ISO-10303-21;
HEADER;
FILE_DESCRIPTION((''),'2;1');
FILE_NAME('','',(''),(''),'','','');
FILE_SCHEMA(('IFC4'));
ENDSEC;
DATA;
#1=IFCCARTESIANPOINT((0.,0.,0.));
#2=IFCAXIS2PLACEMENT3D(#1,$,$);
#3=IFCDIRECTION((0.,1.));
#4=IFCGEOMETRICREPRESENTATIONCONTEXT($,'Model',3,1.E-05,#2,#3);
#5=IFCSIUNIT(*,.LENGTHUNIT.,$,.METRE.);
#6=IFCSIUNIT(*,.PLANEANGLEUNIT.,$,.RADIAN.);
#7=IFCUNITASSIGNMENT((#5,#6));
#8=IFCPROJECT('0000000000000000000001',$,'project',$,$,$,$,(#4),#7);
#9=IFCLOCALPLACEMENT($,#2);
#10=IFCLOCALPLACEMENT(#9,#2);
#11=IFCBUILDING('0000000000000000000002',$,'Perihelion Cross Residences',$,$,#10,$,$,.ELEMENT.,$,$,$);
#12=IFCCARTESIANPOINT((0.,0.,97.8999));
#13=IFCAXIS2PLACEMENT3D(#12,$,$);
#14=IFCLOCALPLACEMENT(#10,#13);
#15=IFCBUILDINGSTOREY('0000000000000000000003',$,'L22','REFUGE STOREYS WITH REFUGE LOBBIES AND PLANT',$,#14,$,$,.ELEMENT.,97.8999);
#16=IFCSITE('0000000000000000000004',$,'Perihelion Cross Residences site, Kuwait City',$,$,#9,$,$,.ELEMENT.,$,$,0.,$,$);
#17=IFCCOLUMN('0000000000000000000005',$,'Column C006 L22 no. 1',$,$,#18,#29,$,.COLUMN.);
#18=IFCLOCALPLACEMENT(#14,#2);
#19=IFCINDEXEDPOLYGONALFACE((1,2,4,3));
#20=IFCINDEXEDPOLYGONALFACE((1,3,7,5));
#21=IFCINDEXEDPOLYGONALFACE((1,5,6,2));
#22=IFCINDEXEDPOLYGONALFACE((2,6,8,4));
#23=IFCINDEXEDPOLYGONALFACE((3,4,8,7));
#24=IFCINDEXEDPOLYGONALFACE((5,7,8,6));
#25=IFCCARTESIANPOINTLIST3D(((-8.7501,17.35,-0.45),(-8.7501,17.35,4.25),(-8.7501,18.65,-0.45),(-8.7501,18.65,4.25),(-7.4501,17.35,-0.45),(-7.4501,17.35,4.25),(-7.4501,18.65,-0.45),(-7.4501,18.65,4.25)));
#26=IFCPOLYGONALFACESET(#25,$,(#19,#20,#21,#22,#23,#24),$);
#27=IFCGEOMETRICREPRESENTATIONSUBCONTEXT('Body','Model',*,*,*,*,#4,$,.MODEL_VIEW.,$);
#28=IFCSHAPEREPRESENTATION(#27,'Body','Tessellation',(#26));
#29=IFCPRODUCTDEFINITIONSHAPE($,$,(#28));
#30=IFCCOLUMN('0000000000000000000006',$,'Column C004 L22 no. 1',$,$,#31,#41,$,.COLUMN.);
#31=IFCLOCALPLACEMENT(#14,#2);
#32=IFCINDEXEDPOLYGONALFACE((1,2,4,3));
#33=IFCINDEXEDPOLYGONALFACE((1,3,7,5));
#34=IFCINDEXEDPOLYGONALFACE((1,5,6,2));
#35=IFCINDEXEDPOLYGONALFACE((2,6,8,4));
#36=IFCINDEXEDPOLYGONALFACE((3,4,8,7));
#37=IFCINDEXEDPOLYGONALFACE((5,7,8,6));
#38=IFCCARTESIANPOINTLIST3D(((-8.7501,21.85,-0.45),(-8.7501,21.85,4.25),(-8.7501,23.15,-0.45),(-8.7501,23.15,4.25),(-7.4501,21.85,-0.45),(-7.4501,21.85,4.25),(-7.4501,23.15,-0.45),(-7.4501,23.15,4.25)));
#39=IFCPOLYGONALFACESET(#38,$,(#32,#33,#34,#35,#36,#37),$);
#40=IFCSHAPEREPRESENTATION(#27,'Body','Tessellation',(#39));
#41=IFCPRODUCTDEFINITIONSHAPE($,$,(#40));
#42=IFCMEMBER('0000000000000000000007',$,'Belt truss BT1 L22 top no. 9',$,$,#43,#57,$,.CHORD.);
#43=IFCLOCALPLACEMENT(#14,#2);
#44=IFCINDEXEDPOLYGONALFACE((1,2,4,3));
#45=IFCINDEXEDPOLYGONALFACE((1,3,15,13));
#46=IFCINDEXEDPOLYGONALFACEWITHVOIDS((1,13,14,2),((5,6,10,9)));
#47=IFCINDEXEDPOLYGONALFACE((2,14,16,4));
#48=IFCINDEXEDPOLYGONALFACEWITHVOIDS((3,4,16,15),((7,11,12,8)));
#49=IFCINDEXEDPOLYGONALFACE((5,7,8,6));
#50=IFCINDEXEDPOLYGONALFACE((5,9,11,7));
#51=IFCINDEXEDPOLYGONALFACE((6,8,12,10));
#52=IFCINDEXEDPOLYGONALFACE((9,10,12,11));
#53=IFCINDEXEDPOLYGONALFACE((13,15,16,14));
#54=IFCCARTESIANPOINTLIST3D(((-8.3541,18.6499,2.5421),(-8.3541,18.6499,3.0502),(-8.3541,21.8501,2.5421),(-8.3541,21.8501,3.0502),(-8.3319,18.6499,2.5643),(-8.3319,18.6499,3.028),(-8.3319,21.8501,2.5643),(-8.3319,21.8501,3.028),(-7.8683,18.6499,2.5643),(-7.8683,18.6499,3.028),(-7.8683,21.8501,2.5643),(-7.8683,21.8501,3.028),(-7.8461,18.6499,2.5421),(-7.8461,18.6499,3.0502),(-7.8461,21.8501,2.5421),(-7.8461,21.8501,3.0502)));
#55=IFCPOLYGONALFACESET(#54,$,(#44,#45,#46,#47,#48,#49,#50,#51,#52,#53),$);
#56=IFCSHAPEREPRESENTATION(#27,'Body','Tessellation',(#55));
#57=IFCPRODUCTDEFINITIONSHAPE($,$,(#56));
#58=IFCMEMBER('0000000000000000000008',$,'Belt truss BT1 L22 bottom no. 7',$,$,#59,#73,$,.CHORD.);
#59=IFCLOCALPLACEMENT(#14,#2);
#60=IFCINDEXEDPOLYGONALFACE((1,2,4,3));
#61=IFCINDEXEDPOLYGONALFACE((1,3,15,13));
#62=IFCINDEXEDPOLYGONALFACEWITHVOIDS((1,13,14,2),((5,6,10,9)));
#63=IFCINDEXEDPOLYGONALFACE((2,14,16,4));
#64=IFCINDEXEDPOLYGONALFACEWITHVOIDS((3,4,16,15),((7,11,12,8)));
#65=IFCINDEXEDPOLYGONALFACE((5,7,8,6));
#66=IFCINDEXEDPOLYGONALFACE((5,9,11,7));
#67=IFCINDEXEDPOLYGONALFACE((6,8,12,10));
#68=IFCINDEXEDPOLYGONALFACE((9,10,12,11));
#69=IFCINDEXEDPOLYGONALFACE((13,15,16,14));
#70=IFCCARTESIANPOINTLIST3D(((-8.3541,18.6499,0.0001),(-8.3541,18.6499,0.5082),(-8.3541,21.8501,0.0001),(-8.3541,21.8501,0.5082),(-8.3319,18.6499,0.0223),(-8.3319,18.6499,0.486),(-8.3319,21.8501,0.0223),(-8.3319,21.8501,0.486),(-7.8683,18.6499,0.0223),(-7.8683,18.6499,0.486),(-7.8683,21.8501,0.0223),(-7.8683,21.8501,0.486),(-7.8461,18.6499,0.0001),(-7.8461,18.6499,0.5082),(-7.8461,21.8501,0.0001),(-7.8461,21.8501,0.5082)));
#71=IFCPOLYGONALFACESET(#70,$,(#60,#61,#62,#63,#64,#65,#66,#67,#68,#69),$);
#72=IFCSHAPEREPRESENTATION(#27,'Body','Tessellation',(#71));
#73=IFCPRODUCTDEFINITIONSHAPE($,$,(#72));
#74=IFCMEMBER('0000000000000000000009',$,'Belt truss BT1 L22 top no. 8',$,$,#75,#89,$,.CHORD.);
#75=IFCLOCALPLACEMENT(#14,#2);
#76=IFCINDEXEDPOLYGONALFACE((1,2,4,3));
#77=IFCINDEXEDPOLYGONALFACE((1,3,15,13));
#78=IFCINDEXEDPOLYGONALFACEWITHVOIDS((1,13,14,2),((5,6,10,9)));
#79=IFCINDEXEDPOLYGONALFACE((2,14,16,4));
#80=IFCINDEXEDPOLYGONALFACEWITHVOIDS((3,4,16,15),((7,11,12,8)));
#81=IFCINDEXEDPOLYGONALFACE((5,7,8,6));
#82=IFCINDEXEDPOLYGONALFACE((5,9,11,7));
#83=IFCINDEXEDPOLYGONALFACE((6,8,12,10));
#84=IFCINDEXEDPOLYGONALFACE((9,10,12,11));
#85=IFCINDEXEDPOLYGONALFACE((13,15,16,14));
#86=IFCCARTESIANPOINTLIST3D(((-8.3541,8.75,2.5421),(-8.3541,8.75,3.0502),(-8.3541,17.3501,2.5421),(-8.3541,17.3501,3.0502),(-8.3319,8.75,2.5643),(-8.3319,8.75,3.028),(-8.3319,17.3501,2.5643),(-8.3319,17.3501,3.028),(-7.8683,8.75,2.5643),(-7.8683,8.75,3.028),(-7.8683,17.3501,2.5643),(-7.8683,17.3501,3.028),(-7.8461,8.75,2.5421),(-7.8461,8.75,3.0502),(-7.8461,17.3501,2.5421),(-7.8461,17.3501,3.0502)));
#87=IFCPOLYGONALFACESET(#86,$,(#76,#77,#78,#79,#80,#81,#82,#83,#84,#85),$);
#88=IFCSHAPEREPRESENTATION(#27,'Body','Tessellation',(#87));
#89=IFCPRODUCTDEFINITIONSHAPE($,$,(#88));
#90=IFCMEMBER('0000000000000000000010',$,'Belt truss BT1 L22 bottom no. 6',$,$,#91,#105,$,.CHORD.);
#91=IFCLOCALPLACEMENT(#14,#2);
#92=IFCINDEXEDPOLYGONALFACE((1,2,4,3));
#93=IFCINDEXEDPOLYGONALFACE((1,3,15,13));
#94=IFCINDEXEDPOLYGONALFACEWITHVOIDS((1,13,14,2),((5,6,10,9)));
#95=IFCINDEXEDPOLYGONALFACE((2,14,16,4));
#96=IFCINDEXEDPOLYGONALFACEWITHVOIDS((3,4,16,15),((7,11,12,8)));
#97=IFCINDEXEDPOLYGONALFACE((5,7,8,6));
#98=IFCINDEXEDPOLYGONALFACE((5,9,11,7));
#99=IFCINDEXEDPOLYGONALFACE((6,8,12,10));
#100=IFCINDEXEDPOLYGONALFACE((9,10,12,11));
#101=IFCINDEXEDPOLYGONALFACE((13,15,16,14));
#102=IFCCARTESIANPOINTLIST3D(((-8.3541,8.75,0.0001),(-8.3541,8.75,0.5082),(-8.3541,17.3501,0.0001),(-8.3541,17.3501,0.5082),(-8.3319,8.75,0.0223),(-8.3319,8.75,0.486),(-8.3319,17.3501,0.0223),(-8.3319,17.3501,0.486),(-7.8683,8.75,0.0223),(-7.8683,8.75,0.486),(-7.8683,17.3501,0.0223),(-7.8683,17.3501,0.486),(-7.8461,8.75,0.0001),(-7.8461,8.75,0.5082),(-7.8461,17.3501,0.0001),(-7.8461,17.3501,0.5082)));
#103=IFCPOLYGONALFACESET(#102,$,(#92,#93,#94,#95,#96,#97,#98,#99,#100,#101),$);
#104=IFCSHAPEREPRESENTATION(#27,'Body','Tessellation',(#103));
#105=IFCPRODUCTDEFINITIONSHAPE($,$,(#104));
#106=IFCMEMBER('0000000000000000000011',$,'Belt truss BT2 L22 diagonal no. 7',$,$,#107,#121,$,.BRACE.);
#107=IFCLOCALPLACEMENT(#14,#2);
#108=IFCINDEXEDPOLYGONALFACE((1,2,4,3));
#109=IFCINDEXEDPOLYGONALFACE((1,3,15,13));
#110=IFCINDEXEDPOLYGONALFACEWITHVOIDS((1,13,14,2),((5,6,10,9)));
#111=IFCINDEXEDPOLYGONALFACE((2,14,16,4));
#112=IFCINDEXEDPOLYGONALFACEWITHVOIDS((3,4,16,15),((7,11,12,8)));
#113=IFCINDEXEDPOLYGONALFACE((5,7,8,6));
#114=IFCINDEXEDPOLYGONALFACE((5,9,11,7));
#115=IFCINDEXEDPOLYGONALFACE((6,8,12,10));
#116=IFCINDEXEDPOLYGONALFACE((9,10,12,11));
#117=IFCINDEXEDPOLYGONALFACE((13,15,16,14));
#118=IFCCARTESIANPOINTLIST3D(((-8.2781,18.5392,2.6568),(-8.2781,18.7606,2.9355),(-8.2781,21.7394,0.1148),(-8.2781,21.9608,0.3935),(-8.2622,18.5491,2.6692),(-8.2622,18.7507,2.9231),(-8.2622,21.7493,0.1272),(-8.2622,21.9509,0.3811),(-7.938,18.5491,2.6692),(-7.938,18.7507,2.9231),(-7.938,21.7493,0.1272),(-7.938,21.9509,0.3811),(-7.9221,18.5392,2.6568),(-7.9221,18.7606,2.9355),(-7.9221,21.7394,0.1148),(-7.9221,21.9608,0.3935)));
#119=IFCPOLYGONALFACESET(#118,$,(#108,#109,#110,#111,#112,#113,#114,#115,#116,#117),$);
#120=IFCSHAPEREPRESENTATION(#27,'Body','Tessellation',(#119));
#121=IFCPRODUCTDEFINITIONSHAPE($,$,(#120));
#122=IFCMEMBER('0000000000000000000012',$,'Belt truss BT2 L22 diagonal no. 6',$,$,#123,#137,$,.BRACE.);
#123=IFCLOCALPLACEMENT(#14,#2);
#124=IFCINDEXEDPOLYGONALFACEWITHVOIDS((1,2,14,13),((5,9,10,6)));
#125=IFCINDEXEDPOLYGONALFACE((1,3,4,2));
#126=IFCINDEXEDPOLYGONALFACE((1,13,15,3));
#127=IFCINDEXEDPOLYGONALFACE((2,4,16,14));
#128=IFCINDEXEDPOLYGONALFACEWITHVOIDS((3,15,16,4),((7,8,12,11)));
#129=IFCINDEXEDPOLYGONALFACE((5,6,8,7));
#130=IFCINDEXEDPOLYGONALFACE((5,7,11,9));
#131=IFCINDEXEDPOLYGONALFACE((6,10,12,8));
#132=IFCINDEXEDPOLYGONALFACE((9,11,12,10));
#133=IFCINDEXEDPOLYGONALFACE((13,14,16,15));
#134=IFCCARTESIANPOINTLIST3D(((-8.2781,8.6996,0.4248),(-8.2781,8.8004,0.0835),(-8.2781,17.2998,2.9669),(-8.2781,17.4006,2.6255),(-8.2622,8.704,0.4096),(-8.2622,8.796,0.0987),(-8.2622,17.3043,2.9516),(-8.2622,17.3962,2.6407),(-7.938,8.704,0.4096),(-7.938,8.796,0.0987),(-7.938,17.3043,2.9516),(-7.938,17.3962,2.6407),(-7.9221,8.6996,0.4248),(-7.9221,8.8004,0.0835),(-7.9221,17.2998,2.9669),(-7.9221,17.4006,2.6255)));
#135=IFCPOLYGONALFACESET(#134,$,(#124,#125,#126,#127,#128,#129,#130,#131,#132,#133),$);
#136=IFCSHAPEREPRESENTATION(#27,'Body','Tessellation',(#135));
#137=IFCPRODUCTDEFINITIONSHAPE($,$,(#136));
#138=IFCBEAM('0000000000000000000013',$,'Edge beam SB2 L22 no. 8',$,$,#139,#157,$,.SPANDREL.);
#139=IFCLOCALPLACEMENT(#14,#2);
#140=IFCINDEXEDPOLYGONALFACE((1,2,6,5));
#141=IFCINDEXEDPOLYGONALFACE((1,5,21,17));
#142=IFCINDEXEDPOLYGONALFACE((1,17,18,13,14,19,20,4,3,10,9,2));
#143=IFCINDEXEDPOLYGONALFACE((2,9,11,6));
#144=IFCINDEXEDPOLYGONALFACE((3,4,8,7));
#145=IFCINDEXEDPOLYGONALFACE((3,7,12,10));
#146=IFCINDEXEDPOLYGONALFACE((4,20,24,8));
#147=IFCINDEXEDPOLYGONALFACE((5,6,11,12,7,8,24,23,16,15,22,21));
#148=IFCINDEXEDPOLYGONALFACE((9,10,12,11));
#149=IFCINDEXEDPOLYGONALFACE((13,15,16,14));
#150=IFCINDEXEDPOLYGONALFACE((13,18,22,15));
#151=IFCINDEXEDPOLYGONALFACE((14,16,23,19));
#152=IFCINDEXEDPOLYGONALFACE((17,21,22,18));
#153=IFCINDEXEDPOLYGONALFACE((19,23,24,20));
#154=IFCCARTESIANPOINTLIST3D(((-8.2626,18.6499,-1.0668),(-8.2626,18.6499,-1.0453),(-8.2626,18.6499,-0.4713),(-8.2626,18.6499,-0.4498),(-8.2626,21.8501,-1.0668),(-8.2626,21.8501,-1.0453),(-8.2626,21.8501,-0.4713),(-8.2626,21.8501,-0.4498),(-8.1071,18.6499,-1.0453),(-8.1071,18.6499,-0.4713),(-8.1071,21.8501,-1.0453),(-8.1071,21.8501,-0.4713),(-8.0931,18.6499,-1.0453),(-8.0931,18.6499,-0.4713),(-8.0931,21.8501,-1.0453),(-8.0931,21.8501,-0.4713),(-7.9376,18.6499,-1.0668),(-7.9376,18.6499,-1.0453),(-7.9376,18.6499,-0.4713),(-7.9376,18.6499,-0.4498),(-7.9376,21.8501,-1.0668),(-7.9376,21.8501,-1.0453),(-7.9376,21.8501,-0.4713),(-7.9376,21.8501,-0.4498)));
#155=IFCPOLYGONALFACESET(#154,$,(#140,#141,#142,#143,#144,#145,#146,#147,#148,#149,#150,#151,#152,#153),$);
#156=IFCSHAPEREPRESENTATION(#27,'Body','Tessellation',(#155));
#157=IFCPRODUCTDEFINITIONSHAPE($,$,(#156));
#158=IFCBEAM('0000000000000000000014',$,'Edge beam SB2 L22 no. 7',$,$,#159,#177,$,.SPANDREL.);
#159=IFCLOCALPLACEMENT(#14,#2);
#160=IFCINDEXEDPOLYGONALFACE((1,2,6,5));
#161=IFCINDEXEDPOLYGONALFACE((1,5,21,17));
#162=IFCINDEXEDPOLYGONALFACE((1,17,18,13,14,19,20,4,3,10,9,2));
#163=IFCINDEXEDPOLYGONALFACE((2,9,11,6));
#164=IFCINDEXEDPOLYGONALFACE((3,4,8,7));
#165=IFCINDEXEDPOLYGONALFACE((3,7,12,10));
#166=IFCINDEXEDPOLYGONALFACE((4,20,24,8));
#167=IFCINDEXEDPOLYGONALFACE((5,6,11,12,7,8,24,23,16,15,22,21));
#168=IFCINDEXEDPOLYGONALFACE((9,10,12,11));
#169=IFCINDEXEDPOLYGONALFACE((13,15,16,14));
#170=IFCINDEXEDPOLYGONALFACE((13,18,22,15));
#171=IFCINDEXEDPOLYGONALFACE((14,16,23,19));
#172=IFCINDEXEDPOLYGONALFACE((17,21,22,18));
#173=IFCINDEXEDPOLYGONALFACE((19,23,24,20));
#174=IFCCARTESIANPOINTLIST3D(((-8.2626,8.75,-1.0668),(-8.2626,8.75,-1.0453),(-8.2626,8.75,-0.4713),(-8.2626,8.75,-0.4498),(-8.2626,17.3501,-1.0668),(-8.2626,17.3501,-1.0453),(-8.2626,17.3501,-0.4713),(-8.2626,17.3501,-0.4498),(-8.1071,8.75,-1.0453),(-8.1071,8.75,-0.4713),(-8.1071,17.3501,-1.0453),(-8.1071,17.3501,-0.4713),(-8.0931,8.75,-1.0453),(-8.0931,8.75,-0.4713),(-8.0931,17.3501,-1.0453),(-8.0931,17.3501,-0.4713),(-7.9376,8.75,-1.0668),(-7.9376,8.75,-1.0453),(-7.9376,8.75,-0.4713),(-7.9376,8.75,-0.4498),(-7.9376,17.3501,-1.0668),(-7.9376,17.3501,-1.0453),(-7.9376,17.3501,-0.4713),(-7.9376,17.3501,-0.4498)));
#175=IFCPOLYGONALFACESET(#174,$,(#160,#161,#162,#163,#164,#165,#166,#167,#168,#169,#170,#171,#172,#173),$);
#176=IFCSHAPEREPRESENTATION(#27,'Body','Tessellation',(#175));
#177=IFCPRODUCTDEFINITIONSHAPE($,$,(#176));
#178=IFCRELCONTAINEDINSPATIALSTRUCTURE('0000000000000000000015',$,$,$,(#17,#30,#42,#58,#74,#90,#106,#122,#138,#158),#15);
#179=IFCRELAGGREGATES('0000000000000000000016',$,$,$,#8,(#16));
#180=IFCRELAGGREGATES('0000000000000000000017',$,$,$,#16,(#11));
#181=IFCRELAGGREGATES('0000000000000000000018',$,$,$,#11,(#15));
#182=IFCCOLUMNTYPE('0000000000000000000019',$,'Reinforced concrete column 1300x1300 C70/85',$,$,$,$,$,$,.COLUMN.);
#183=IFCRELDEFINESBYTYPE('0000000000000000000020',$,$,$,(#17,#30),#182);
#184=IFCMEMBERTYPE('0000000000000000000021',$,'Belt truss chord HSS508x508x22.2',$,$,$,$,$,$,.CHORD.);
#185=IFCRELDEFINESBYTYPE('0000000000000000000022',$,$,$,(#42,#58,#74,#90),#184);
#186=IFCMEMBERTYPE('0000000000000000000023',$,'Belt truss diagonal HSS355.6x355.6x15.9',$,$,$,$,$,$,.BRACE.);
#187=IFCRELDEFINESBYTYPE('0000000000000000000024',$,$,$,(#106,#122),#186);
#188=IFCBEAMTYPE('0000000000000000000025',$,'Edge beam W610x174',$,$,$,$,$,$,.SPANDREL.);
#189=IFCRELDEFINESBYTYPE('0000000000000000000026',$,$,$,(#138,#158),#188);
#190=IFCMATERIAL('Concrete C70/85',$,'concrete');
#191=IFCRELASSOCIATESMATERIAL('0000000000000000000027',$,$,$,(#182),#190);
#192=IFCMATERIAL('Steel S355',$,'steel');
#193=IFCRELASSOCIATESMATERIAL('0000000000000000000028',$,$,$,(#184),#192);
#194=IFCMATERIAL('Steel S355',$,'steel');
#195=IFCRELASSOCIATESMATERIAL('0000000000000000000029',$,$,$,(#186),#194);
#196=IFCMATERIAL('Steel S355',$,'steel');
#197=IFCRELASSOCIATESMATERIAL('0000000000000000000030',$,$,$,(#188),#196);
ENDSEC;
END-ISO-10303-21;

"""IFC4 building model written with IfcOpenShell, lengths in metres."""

from ifc_helpers import new_model, si_unit, direction, frame, origin, origin_2d, place, context, subcontext, project, spatial, rectangle, hollow_rectangle, i_section, extrude, material, material_profile, profile_set, type_object, element, save


model = new_model("IFC4")

# Units and contexts
model_context = context("Model", 3, precision=1e-05, world=origin(), true_north=direction((0.0, 1.0)))
body_context = subcontext(model_context, "Body", "Model", "MODEL_VIEW")
ifc_project = project(units=[si_unit("LENGTHUNIT", "METRE"), si_unit("PLANEANGLEUNIT", "RADIAN")], contexts=[model_context])

# Site, building, storey
site_placement = place(None, origin())
site = spatial("IfcSite", under=ifc_project, at=site_placement, Name="Perihelion Cross Residences site, Kuwait City", CompositionType="ELEMENT", RefElevation=0.0)
building_placement = place(site_placement, origin())
building = spatial("IfcBuilding", under=site, at=building_placement, Name="Perihelion Cross Residences", CompositionType="ELEMENT")
storey_placement = place(building_placement, frame((0.0, 0.0, 97.8999)))
storey = spatial("IfcBuildingStorey", under=building, at=storey_placement, Name="L22", Description="REFUGE STOREYS WITH REFUGE LOBBIES AND PLANT", CompositionType="ELEMENT", Elevation=97.8999)

# Columns
ifc_material_1 = material(Name="Concrete C70/85", Category="concrete")
ifc_material_profile_1 = material_profile(ifc_material_1, rectangle(XDim=1.3, YDim=1.3, at=origin_2d()), Name="RC 1300x1300")
ifc_profile_set_1 = profile_set([ifc_material_profile_1], Name="Concrete C70/85")
column_type = type_object("IfcColumnType", Name="Reinforced concrete column 1300x1300 C70/85", PredefinedType="COLUMN", material=ifc_profile_set_1)
for number, where, z_axis, x_axis, name in (
    (1, (-8.1001, 18.0, -0.45), (0.0, 0.0, 1.0), (1.0, 0.0, 0.0), "Column C006 L22 no. 1"),
    (2, (-8.1001, 22.5, -0.45), (0.0, 0.0, 1.0), (1.0, 0.0, 0.0), "Column C004 L22 no. 1"),
):
    element("IfcColumn", number, at=place(storey_placement, frame(where, z_axis=z_axis, x_axis=x_axis)), inside=storey, type_object=column_type, Name=name, PredefinedType="COLUMN", context=body_context, shape_type="SweptSolid", body=[
        extrude(rectangle(XDim=1.3, YDim=1.3, at=origin_2d()), origin(), (0.0, 0.0, 1.0), 4.7),
    ])

# Members
ifc_material_2 = material(Name="Steel S355", Category="steel")
ifc_material_profile_2 = material_profile(ifc_material_2, hollow_rectangle(XDim=0.5081, YDim=0.5081, WallThickness=0.0222, at=origin_2d()), Name="HSS508x508x22.2")
ifc_profile_set_2 = profile_set([ifc_material_profile_2], Name="Steel S355")
member_type_1 = type_object("IfcMemberType", Name="Belt truss chord HSS508x508x22.2", PredefinedType="CHORD", material=ifc_profile_set_2)
for number, where, z_axis, x_axis, name in (
    (3, (-8.1001, 21.8501, 2.7961), (0.0, -1.0, 0.0), (1.0, 0.0, 0.0), "Belt truss BT1 L22 top no. 9"),
    (4, (-8.1001, 21.8501, 0.2542), (0.0, -1.0, 0.0), (1.0, 0.0, 0.0), "Belt truss BT1 L22 bottom no. 7"),
):
    element("IfcMember", number, at=place(storey_placement, frame(where, z_axis=z_axis, x_axis=x_axis)), inside=storey, type_object=member_type_1, Name=name, PredefinedType="CHORD", context=body_context, shape_type="SweptSolid", body=[
        extrude(hollow_rectangle(XDim=0.5081, YDim=0.5081, WallThickness=0.0222, at=origin_2d()), origin(), (0.0, 0.0, 1.0), 3.2002),
    ])
for number, where, z_axis, x_axis, name in (
    (5, (-8.1001, 17.3501, 2.7961), (0.0, -1.0, 0.0), (1.0, 0.0, 0.0), "Belt truss BT1 L22 top no. 8"),
    (6, (-8.1001, 17.3501, 0.2542), (0.0, -1.0, 0.0), (1.0, 0.0, 0.0), "Belt truss BT1 L22 bottom no. 6"),
):
    element("IfcMember", number, at=place(storey_placement, frame(where, z_axis=z_axis, x_axis=x_axis)), inside=storey, type_object=member_type_1, Name=name, PredefinedType="CHORD", context=body_context, shape_type="SweptSolid", body=[
        extrude(hollow_rectangle(XDim=0.5081, YDim=0.5081, WallThickness=0.0222, at=origin_2d()), origin(), (0.0, 0.0, 1.0), 8.6001),
    ])
ifc_material_3 = material(Name="Steel S355", Category="steel")
ifc_material_profile_3 = material_profile(ifc_material_3, hollow_rectangle(XDim=0.356, YDim=0.356, WallThickness=0.0159, at=origin_2d()), Name="HSS355.6x355.6x15.9")
ifc_profile_set_3 = profile_set([ifc_material_profile_3], Name="Steel S355")
member_type_2 = type_object("IfcMemberType", Name="Belt truss diagonal HSS355.6x355.6x15.9", PredefinedType="BRACE", material=ifc_profile_set_3)
member_1_placement = place(storey_placement, frame((-8.1001, 21.8501, 0.2542), z_axis=(0.0, -0.783032, 0.621981), x_axis=(1.0, 0.0, 0.0)))
element("IfcMember", 7, at=member_1_placement, inside=storey, type_object=member_type_2, Name="Belt truss BT2 L22 diagonal no. 7", PredefinedType="BRACE", context=body_context, shape_type="SweptSolid", body=[
    extrude(hollow_rectangle(XDim=0.356, YDim=0.356, WallThickness=0.0159, at=origin_2d()), origin(), (0.0, 0.0, 1.0), 4.0869),
])
member_2_placement = place(storey_placement, frame((-8.1001, 8.75, 0.2542), z_axis=(0.0, 0.958986, 0.283454), x_axis=(-1.0, 0.0, 0.0)))
element("IfcMember", 8, at=member_2_placement, inside=storey, type_object=member_type_2, Name="Belt truss BT2 L22 diagonal no. 6", PredefinedType="BRACE", context=body_context, shape_type="SweptSolid", body=[
    extrude(hollow_rectangle(XDim=0.356, YDim=0.356, WallThickness=0.0159, at=origin_2d()), origin(), (0.0, 0.0, 1.0), 8.968),
])

# Beams
ifc_material_4 = material(Name="Steel S355", Category="steel")
ifc_material_profile_4 = material_profile(ifc_material_4, i_section(OverallWidth=0.325, OverallDepth=0.6169, WebThickness=0.0139, FlangeThickness=0.0215, at=origin_2d()), Name="W610x174")
ifc_profile_set_4 = profile_set([ifc_material_profile_4], Name="Steel S355")
beam_type_1 = type_object("IfcBeamType", Name="Edge beam W610x174", PredefinedType="SPANDREL", material=ifc_profile_set_4)
beam_1_placement = place(storey_placement, frame((-8.1001, 21.8501, -0.7583), z_axis=(0.0, -1.0, 0.0), x_axis=(1.0, 0.0, 0.0)))
element("IfcBeam", 9, at=beam_1_placement, inside=storey, type_object=beam_type_1, Name="Edge beam SB2 L22 no. 8", PredefinedType="SPANDREL", context=body_context, shape_type="SweptSolid", body=[
    extrude(i_section(OverallWidth=0.325, OverallDepth=0.6169, WebThickness=0.0139, FlangeThickness=0.0215, at=origin_2d()), origin(), (0.0, 0.0, 1.0), 3.2002),
])
beam_2_placement = place(storey_placement, frame((-8.1001, 17.3501, -0.7583), z_axis=(0.0, -1.0, 0.0), x_axis=(1.0, 0.0, 0.0)))
element("IfcBeam", 10, at=beam_2_placement, inside=storey, type_object=beam_type_1, Name="Edge beam SB2 L22 no. 7", PredefinedType="SPANDREL", context=body_context, shape_type="SweptSolid", body=[
    extrude(i_section(OverallWidth=0.325, OverallDepth=0.6169, WebThickness=0.0139, FlangeThickness=0.0215, at=origin_2d()), origin(), (0.0, 0.0, 1.0), 8.6001),
])

save(model, "model.ifc")
